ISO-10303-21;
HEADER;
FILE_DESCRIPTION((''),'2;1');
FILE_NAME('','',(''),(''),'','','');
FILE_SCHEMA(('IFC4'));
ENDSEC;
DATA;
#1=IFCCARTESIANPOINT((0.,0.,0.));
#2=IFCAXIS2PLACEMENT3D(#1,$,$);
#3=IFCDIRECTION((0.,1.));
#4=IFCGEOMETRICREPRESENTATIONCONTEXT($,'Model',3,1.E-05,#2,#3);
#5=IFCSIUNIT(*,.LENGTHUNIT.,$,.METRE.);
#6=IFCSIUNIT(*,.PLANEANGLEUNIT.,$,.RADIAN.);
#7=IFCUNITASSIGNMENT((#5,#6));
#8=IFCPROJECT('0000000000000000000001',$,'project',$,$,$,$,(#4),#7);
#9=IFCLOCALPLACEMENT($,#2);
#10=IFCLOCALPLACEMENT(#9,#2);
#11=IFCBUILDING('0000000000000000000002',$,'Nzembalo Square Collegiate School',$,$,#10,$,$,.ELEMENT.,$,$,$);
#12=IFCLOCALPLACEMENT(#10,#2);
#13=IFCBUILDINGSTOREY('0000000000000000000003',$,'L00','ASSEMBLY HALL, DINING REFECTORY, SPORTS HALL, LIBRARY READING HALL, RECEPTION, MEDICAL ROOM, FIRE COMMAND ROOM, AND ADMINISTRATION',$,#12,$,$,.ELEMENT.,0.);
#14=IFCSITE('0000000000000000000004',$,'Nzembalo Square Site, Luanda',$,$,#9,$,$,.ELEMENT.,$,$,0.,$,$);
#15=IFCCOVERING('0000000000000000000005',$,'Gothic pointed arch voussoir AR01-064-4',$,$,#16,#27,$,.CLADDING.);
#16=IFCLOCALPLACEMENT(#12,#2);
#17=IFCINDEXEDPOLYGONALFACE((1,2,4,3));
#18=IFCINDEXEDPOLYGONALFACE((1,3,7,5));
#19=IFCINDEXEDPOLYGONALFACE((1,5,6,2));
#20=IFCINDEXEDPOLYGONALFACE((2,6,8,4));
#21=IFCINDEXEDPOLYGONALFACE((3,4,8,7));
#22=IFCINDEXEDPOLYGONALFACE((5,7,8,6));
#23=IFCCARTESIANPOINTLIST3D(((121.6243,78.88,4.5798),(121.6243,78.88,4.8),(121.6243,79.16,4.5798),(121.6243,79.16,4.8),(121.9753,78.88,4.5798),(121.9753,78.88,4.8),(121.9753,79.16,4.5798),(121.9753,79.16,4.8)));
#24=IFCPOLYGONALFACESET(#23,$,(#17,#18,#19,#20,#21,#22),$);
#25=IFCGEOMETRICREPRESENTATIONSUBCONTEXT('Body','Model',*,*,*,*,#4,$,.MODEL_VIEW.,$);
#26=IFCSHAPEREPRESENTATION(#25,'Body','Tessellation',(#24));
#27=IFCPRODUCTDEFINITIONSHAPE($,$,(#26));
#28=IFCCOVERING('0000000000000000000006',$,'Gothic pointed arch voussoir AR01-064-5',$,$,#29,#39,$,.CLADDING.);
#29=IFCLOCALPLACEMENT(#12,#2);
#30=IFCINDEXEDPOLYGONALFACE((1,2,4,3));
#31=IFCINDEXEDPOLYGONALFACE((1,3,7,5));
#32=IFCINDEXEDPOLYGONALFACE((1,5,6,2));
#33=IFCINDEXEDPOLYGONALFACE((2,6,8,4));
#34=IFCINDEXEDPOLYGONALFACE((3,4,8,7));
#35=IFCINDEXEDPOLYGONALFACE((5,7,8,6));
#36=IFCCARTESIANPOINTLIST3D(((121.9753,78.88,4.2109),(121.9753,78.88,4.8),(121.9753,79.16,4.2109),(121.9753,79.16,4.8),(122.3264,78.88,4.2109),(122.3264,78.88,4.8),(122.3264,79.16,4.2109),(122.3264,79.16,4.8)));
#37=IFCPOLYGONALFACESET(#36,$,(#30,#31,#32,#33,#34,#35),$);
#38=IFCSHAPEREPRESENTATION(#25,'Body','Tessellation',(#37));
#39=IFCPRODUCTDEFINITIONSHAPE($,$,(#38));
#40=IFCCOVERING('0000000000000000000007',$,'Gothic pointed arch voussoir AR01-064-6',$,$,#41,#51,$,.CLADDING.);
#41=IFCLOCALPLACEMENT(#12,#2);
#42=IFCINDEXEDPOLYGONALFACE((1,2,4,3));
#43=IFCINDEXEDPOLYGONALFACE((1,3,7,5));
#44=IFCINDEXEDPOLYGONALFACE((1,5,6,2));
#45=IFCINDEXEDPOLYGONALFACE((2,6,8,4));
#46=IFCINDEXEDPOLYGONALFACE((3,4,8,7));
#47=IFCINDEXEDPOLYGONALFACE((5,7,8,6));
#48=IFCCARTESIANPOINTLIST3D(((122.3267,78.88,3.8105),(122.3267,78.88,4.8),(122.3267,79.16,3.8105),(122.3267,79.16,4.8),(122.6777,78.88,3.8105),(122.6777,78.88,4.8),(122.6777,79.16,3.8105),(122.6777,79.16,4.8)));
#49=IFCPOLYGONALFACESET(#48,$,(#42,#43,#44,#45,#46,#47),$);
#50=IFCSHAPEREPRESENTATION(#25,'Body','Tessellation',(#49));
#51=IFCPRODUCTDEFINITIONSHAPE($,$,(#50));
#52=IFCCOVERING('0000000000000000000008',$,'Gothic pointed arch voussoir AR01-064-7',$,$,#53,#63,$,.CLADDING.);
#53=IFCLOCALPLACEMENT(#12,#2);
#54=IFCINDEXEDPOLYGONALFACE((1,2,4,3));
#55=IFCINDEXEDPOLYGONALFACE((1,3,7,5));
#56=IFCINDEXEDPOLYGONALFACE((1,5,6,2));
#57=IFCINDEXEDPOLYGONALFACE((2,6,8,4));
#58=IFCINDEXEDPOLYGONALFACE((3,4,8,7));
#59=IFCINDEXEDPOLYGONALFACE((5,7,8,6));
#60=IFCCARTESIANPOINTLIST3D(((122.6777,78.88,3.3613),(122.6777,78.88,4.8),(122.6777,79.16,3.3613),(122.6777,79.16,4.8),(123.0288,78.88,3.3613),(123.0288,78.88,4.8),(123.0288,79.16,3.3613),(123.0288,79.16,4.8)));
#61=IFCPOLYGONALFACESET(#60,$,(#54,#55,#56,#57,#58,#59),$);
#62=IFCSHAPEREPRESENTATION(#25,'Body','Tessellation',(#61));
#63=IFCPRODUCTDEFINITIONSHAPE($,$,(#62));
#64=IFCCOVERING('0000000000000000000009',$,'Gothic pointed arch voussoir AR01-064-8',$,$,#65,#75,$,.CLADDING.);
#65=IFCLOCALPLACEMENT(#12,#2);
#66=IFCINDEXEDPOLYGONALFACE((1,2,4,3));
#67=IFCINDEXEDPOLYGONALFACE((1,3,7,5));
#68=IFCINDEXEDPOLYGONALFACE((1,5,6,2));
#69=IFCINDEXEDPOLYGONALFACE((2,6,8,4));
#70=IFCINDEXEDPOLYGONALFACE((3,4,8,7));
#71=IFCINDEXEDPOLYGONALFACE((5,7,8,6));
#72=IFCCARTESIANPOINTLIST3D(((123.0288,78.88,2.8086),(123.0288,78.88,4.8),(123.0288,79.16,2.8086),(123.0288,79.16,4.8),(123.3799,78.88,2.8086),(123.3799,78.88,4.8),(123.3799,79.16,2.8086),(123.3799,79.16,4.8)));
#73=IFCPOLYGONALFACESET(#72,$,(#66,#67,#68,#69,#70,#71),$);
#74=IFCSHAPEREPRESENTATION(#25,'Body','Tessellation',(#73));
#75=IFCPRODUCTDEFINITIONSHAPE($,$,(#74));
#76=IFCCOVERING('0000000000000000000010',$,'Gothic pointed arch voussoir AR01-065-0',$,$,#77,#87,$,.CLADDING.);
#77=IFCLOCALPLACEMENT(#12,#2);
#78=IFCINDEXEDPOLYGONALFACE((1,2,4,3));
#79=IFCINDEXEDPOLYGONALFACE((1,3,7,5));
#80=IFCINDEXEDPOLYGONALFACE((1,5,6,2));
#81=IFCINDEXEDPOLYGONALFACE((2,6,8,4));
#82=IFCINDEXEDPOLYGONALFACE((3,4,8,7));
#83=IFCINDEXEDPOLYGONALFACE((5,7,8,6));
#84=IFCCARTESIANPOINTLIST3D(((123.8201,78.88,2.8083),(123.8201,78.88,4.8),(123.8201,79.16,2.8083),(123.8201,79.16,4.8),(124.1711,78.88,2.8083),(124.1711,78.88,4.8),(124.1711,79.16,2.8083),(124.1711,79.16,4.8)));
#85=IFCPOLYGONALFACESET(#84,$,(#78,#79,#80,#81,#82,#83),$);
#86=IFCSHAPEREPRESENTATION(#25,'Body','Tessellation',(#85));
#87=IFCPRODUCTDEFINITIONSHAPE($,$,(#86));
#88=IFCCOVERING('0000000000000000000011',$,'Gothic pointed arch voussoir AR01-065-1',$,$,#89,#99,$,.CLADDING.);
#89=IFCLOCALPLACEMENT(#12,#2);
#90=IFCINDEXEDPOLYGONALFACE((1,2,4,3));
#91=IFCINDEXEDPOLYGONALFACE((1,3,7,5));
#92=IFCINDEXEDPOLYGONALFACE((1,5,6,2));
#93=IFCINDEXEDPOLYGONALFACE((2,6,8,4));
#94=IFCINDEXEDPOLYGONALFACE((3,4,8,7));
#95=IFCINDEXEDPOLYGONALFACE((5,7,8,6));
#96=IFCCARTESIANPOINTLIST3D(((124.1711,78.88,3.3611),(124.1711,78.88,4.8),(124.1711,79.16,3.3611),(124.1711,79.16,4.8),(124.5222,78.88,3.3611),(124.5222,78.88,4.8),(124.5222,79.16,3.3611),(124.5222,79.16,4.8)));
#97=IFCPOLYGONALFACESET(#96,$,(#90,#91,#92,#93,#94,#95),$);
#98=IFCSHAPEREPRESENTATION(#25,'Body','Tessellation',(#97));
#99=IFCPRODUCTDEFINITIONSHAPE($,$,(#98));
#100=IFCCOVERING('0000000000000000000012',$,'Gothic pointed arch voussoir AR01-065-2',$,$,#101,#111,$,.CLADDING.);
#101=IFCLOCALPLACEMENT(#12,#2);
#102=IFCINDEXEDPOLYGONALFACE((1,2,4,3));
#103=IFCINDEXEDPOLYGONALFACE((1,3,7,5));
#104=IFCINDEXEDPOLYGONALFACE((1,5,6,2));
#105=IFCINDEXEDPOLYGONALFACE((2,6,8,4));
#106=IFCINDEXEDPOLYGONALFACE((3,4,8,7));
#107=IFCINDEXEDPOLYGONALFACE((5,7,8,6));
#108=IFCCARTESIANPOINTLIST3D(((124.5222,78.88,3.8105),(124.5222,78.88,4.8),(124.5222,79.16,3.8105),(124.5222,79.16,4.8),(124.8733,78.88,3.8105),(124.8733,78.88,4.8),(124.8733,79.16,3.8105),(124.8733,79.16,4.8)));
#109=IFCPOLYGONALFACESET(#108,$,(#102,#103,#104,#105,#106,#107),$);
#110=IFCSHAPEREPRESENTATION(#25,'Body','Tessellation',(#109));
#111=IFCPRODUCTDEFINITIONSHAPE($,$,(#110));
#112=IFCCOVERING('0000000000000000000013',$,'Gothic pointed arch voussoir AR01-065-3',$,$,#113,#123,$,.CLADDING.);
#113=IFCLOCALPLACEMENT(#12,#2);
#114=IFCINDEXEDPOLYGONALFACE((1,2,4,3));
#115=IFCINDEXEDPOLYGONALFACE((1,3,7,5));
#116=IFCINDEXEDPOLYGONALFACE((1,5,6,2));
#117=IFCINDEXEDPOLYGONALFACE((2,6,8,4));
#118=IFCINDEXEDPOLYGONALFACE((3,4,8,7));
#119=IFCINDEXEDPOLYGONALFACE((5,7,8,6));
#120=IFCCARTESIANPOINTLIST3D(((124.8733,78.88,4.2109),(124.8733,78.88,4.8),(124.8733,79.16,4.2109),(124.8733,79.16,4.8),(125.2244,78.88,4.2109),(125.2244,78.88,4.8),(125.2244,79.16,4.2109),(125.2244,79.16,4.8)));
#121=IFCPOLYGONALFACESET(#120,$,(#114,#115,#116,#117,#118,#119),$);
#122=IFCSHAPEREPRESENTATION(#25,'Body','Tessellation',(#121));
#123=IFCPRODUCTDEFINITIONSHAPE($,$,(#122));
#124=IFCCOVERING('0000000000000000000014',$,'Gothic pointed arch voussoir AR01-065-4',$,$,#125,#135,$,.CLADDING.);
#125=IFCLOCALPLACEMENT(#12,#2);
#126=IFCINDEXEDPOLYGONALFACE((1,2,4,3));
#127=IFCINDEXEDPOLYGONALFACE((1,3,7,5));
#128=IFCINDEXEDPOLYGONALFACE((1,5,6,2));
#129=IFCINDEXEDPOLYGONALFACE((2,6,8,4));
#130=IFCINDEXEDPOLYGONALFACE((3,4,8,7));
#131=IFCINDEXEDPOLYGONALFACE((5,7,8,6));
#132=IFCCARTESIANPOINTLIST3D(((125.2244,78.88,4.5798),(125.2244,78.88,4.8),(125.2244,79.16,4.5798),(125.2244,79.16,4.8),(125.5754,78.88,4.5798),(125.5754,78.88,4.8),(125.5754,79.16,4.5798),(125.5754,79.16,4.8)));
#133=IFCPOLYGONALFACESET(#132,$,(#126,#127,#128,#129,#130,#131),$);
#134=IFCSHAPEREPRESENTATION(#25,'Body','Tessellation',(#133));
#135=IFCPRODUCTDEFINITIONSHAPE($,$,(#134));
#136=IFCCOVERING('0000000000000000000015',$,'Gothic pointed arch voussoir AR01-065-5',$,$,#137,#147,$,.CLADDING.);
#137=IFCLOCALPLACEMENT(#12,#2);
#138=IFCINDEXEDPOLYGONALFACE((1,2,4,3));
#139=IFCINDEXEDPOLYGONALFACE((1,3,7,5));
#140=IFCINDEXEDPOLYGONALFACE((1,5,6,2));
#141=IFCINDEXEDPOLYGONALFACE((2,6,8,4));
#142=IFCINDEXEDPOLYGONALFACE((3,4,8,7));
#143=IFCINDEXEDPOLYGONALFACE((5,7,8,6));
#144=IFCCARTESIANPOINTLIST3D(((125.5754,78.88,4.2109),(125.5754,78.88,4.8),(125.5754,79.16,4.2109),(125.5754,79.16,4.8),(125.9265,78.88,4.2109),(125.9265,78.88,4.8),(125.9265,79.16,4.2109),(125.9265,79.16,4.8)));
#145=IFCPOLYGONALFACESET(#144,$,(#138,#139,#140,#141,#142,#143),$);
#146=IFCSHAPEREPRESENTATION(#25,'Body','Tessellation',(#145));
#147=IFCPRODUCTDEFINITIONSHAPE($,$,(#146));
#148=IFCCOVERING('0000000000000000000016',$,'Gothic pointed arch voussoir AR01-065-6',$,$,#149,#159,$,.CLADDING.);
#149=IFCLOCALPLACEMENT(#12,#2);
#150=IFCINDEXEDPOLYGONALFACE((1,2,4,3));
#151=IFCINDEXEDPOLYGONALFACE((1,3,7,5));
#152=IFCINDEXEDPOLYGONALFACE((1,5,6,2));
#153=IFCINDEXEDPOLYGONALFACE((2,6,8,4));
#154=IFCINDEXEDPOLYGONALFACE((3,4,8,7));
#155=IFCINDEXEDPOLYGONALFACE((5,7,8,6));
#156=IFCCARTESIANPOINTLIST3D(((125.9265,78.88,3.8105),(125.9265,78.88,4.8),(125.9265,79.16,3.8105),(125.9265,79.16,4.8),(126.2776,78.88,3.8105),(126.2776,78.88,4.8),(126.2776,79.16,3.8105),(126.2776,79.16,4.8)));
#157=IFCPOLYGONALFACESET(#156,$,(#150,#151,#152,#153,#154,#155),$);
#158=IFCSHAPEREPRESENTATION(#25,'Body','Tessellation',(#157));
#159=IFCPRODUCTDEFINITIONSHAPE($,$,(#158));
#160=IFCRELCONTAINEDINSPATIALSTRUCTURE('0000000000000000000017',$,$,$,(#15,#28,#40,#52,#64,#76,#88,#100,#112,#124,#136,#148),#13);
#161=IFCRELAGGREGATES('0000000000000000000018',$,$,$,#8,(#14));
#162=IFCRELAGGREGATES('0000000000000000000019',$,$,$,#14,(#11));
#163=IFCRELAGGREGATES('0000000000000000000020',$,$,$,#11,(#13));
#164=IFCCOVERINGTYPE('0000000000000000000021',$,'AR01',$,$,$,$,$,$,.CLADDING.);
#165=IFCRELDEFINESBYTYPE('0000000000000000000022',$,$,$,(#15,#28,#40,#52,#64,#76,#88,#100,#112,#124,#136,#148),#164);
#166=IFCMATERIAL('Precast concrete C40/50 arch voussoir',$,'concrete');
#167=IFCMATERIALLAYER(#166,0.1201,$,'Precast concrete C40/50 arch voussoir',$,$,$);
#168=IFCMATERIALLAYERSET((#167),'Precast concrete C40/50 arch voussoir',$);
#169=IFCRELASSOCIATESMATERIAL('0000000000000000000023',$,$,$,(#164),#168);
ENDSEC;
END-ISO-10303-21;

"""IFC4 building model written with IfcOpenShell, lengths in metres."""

from ifc_helpers import new_model, si_unit, direction, frame, origin, origin_2d, place, context, subcontext, project, spatial, rectangle, extrude, material, layer, layer_set, type_object, element, save


model = new_model("IFC4")

# Units and contexts
model_context = context("Model", 3, precision=1e-05, world=origin(), true_north=direction((0.0, 1.0)))
body_context = subcontext(model_context, "Body", "Model", "MODEL_VIEW")
ifc_project = project(units=[si_unit("LENGTHUNIT", "METRE"), si_unit("PLANEANGLEUNIT", "RADIAN")], contexts=[model_context])

# Site, building, storey
site_placement = place(None, origin())
site = spatial("IfcSite", under=ifc_project, at=site_placement, Name="Nzembalo Square Site, Luanda", CompositionType="ELEMENT", RefElevation=0.0)
building_placement = place(site_placement, origin())
building = spatial("IfcBuilding", under=site, at=building_placement, Name="Nzembalo Square Collegiate School", CompositionType="ELEMENT")
storey_placement = place(building_placement, origin())
storey = spatial("IfcBuildingStorey", under=building, at=storey_placement, Name="L00", Description="ASSEMBLY HALL, DINING REFECTORY, SPORTS HALL, LIBRARY READING HALL, RECEPTION, MEDICAL ROOM, FIRE COMMAND ROOM, AND ADMINISTRATION", CompositionType="ELEMENT", Elevation=0.0)

# Coverings
ifc_material_1 = material(Name="Precast concrete C40/50 arch voussoir", Category="concrete")
ifc_layer_1 = layer(ifc_material_1, 0.1201, Name="Precast concrete C40/50 arch voussoir")
ifc_layer_set_1 = layer_set([ifc_layer_1], Name="Precast concrete C40/50 arch voussoir")
covering_type = type_object("IfcCoveringType", Name="AR01", PredefinedType="CLADDING", material=ifc_layer_set_1)
covering_1_placement = place(storey_placement, frame((121.7998, 79.02, 4.5798), z_axis=(0.0, 0.0, 1.0), x_axis=(1.0, 0.0, 0.0)))
element("IfcCovering", 1, at=covering_1_placement, inside=storey, type_object=covering_type, Name="Gothic pointed arch voussoir AR01-064-4", PredefinedType="CLADDING", context=body_context, shape_type="SweptSolid", body=[
    extrude(rectangle(XDim=0.3511, YDim=0.28, at=origin_2d()), origin(), (0.0, 0.0, 1.0), 0.2202),
])
covering_2_placement = place(storey_placement, frame((122.1509, 79.02, 4.2109), z_axis=(0.0, 0.0, 1.0), x_axis=(1.0, 0.0, 0.0)))
element("IfcCovering", 2, at=covering_2_placement, inside=storey, type_object=covering_type, Name="Gothic pointed arch voussoir AR01-064-5", PredefinedType="CLADDING", context=body_context, shape_type="SweptSolid", body=[
    extrude(rectangle(XDim=0.3511, YDim=0.28, at=origin_2d()), origin(), (0.0, 0.0, 1.0), 0.5891),
])
covering_3_placement = place(storey_placement, frame((122.5022, 79.02, 3.8105), z_axis=(0.0, 0.0, 1.0), x_axis=(1.0, 0.0, 0.0)))
element("IfcCovering", 3, at=covering_3_placement, inside=storey, type_object=covering_type, Name="Gothic pointed arch voussoir AR01-064-6", PredefinedType="CLADDING", context=body_context, shape_type="SweptSolid", body=[
    extrude(rectangle(XDim=0.3511, YDim=0.28, at=origin_2d()), origin(), (0.0, 0.0, 1.0), 0.9895),
])
covering_4_placement = place(storey_placement, frame((122.8533, 79.02, 3.3613), z_axis=(0.0, 0.0, 1.0), x_axis=(1.0, 0.0, 0.0)))
element("IfcCovering", 4, at=covering_4_placement, inside=storey, type_object=covering_type, Name="Gothic pointed arch voussoir AR01-064-7", PredefinedType="CLADDING", context=body_context, shape_type="SweptSolid", body=[
    extrude(rectangle(XDim=0.3511, YDim=0.28, at=origin_2d()), origin(), (0.0, 0.0, 1.0), 1.4387),
])
covering_5_placement = place(storey_placement, frame((123.2043, 79.02, 2.8086), z_axis=(0.0, 0.0, 1.0), x_axis=(1.0, 0.0, 0.0)))
element("IfcCovering", 5, at=covering_5_placement, inside=storey, type_object=covering_type, Name="Gothic pointed arch voussoir AR01-064-8", PredefinedType="CLADDING", context=body_context, shape_type="SweptSolid", body=[
    extrude(rectangle(XDim=0.3511, YDim=0.28, at=origin_2d()), origin(), (0.0, 0.0, 1.0), 1.9915),
])
covering_6_placement = place(storey_placement, frame((123.9956, 79.02, 2.8083), z_axis=(0.0, 0.0, 1.0), x_axis=(1.0, 0.0, 0.0)))
element("IfcCovering", 6, at=covering_6_placement, inside=storey, type_object=covering_type, Name="Gothic pointed arch voussoir AR01-065-0", PredefinedType="CLADDING", context=body_context, shape_type="SweptSolid", body=[
    extrude(rectangle(XDim=0.3511, YDim=0.28, at=origin_2d()), origin(), (0.0, 0.0, 1.0), 1.9917),
])
covering_7_placement = place(storey_placement, frame((124.3467, 79.02, 3.3611), z_axis=(0.0, 0.0, 1.0), x_axis=(1.0, 0.0, 0.0)))
element("IfcCovering", 7, at=covering_7_placement, inside=storey, type_object=covering_type, Name="Gothic pointed arch voussoir AR01-065-1", PredefinedType="CLADDING", context=body_context, shape_type="SweptSolid", body=[
    extrude(rectangle(XDim=0.3511, YDim=0.28, at=origin_2d()), origin(), (0.0, 0.0, 1.0), 1.439),
])
covering_8_placement = place(storey_placement, frame((124.6978, 79.02, 3.8105), z_axis=(0.0, 0.0, 1.0), x_axis=(1.0, 0.0, 0.0)))
element("IfcCovering", 8, at=covering_8_placement, inside=storey, type_object=covering_type, Name="Gothic pointed arch voussoir AR01-065-2", PredefinedType="CLADDING", context=body_context, shape_type="SweptSolid", body=[
    extrude(rectangle(XDim=0.3511, YDim=0.28, at=origin_2d()), origin(), (0.0, 0.0, 1.0), 0.9895),
])
covering_9_placement = place(storey_placement, frame((125.0488, 79.02, 4.2109), z_axis=(0.0, 0.0, 1.0), x_axis=(1.0, 0.0, 0.0)))
element("IfcCovering", 9, at=covering_9_placement, inside=storey, type_object=covering_type, Name="Gothic pointed arch voussoir AR01-065-3", PredefinedType="CLADDING", context=body_context, shape_type="SweptSolid", body=[
    extrude(rectangle(XDim=0.3511, YDim=0.28, at=origin_2d()), origin(), (0.0, 0.0, 1.0), 0.5891),
])
covering_10_placement = place(storey_placement, frame((125.3999, 79.02, 4.5798), z_axis=(0.0, 0.0, 1.0), x_axis=(1.0, 0.0, 0.0)))
element("IfcCovering", 10, at=covering_10_placement, inside=storey, type_object=covering_type, Name="Gothic pointed arch voussoir AR01-065-4", PredefinedType="CLADDING", context=body_context, shape_type="SweptSolid", body=[
    extrude(rectangle(XDim=0.3511, YDim=0.28, at=origin_2d()), origin(), (0.0, 0.0, 1.0), 0.2202),
])
covering_11_placement = place(storey_placement, frame((125.751, 79.02, 4.2109), z_axis=(0.0, 0.0, 1.0), x_axis=(1.0, 0.0, 0.0)))
element("IfcCovering", 11, at=covering_11_placement, inside=storey, type_object=covering_type, Name="Gothic pointed arch voussoir AR01-065-5", PredefinedType="CLADDING", context=body_context, shape_type="SweptSolid", body=[
    extrude(rectangle(XDim=0.3511, YDim=0.28, at=origin_2d()), origin(), (0.0, 0.0, 1.0), 0.5891),
])
covering_12_placement = place(storey_placement, frame((126.1021, 79.02, 3.8105), z_axis=(0.0, 0.0, 1.0), x_axis=(1.0, 0.0, 0.0)))
element("IfcCovering", 12, at=covering_12_placement, inside=storey, type_object=covering_type, Name="Gothic pointed arch voussoir AR01-065-6", PredefinedType="CLADDING", context=body_context, shape_type="SweptSolid", body=[
    extrude(rectangle(XDim=0.3511, YDim=0.28, at=origin_2d()), origin(), (0.0, 0.0, 1.0), 0.9895),
])

save(model, "model.ifc")
